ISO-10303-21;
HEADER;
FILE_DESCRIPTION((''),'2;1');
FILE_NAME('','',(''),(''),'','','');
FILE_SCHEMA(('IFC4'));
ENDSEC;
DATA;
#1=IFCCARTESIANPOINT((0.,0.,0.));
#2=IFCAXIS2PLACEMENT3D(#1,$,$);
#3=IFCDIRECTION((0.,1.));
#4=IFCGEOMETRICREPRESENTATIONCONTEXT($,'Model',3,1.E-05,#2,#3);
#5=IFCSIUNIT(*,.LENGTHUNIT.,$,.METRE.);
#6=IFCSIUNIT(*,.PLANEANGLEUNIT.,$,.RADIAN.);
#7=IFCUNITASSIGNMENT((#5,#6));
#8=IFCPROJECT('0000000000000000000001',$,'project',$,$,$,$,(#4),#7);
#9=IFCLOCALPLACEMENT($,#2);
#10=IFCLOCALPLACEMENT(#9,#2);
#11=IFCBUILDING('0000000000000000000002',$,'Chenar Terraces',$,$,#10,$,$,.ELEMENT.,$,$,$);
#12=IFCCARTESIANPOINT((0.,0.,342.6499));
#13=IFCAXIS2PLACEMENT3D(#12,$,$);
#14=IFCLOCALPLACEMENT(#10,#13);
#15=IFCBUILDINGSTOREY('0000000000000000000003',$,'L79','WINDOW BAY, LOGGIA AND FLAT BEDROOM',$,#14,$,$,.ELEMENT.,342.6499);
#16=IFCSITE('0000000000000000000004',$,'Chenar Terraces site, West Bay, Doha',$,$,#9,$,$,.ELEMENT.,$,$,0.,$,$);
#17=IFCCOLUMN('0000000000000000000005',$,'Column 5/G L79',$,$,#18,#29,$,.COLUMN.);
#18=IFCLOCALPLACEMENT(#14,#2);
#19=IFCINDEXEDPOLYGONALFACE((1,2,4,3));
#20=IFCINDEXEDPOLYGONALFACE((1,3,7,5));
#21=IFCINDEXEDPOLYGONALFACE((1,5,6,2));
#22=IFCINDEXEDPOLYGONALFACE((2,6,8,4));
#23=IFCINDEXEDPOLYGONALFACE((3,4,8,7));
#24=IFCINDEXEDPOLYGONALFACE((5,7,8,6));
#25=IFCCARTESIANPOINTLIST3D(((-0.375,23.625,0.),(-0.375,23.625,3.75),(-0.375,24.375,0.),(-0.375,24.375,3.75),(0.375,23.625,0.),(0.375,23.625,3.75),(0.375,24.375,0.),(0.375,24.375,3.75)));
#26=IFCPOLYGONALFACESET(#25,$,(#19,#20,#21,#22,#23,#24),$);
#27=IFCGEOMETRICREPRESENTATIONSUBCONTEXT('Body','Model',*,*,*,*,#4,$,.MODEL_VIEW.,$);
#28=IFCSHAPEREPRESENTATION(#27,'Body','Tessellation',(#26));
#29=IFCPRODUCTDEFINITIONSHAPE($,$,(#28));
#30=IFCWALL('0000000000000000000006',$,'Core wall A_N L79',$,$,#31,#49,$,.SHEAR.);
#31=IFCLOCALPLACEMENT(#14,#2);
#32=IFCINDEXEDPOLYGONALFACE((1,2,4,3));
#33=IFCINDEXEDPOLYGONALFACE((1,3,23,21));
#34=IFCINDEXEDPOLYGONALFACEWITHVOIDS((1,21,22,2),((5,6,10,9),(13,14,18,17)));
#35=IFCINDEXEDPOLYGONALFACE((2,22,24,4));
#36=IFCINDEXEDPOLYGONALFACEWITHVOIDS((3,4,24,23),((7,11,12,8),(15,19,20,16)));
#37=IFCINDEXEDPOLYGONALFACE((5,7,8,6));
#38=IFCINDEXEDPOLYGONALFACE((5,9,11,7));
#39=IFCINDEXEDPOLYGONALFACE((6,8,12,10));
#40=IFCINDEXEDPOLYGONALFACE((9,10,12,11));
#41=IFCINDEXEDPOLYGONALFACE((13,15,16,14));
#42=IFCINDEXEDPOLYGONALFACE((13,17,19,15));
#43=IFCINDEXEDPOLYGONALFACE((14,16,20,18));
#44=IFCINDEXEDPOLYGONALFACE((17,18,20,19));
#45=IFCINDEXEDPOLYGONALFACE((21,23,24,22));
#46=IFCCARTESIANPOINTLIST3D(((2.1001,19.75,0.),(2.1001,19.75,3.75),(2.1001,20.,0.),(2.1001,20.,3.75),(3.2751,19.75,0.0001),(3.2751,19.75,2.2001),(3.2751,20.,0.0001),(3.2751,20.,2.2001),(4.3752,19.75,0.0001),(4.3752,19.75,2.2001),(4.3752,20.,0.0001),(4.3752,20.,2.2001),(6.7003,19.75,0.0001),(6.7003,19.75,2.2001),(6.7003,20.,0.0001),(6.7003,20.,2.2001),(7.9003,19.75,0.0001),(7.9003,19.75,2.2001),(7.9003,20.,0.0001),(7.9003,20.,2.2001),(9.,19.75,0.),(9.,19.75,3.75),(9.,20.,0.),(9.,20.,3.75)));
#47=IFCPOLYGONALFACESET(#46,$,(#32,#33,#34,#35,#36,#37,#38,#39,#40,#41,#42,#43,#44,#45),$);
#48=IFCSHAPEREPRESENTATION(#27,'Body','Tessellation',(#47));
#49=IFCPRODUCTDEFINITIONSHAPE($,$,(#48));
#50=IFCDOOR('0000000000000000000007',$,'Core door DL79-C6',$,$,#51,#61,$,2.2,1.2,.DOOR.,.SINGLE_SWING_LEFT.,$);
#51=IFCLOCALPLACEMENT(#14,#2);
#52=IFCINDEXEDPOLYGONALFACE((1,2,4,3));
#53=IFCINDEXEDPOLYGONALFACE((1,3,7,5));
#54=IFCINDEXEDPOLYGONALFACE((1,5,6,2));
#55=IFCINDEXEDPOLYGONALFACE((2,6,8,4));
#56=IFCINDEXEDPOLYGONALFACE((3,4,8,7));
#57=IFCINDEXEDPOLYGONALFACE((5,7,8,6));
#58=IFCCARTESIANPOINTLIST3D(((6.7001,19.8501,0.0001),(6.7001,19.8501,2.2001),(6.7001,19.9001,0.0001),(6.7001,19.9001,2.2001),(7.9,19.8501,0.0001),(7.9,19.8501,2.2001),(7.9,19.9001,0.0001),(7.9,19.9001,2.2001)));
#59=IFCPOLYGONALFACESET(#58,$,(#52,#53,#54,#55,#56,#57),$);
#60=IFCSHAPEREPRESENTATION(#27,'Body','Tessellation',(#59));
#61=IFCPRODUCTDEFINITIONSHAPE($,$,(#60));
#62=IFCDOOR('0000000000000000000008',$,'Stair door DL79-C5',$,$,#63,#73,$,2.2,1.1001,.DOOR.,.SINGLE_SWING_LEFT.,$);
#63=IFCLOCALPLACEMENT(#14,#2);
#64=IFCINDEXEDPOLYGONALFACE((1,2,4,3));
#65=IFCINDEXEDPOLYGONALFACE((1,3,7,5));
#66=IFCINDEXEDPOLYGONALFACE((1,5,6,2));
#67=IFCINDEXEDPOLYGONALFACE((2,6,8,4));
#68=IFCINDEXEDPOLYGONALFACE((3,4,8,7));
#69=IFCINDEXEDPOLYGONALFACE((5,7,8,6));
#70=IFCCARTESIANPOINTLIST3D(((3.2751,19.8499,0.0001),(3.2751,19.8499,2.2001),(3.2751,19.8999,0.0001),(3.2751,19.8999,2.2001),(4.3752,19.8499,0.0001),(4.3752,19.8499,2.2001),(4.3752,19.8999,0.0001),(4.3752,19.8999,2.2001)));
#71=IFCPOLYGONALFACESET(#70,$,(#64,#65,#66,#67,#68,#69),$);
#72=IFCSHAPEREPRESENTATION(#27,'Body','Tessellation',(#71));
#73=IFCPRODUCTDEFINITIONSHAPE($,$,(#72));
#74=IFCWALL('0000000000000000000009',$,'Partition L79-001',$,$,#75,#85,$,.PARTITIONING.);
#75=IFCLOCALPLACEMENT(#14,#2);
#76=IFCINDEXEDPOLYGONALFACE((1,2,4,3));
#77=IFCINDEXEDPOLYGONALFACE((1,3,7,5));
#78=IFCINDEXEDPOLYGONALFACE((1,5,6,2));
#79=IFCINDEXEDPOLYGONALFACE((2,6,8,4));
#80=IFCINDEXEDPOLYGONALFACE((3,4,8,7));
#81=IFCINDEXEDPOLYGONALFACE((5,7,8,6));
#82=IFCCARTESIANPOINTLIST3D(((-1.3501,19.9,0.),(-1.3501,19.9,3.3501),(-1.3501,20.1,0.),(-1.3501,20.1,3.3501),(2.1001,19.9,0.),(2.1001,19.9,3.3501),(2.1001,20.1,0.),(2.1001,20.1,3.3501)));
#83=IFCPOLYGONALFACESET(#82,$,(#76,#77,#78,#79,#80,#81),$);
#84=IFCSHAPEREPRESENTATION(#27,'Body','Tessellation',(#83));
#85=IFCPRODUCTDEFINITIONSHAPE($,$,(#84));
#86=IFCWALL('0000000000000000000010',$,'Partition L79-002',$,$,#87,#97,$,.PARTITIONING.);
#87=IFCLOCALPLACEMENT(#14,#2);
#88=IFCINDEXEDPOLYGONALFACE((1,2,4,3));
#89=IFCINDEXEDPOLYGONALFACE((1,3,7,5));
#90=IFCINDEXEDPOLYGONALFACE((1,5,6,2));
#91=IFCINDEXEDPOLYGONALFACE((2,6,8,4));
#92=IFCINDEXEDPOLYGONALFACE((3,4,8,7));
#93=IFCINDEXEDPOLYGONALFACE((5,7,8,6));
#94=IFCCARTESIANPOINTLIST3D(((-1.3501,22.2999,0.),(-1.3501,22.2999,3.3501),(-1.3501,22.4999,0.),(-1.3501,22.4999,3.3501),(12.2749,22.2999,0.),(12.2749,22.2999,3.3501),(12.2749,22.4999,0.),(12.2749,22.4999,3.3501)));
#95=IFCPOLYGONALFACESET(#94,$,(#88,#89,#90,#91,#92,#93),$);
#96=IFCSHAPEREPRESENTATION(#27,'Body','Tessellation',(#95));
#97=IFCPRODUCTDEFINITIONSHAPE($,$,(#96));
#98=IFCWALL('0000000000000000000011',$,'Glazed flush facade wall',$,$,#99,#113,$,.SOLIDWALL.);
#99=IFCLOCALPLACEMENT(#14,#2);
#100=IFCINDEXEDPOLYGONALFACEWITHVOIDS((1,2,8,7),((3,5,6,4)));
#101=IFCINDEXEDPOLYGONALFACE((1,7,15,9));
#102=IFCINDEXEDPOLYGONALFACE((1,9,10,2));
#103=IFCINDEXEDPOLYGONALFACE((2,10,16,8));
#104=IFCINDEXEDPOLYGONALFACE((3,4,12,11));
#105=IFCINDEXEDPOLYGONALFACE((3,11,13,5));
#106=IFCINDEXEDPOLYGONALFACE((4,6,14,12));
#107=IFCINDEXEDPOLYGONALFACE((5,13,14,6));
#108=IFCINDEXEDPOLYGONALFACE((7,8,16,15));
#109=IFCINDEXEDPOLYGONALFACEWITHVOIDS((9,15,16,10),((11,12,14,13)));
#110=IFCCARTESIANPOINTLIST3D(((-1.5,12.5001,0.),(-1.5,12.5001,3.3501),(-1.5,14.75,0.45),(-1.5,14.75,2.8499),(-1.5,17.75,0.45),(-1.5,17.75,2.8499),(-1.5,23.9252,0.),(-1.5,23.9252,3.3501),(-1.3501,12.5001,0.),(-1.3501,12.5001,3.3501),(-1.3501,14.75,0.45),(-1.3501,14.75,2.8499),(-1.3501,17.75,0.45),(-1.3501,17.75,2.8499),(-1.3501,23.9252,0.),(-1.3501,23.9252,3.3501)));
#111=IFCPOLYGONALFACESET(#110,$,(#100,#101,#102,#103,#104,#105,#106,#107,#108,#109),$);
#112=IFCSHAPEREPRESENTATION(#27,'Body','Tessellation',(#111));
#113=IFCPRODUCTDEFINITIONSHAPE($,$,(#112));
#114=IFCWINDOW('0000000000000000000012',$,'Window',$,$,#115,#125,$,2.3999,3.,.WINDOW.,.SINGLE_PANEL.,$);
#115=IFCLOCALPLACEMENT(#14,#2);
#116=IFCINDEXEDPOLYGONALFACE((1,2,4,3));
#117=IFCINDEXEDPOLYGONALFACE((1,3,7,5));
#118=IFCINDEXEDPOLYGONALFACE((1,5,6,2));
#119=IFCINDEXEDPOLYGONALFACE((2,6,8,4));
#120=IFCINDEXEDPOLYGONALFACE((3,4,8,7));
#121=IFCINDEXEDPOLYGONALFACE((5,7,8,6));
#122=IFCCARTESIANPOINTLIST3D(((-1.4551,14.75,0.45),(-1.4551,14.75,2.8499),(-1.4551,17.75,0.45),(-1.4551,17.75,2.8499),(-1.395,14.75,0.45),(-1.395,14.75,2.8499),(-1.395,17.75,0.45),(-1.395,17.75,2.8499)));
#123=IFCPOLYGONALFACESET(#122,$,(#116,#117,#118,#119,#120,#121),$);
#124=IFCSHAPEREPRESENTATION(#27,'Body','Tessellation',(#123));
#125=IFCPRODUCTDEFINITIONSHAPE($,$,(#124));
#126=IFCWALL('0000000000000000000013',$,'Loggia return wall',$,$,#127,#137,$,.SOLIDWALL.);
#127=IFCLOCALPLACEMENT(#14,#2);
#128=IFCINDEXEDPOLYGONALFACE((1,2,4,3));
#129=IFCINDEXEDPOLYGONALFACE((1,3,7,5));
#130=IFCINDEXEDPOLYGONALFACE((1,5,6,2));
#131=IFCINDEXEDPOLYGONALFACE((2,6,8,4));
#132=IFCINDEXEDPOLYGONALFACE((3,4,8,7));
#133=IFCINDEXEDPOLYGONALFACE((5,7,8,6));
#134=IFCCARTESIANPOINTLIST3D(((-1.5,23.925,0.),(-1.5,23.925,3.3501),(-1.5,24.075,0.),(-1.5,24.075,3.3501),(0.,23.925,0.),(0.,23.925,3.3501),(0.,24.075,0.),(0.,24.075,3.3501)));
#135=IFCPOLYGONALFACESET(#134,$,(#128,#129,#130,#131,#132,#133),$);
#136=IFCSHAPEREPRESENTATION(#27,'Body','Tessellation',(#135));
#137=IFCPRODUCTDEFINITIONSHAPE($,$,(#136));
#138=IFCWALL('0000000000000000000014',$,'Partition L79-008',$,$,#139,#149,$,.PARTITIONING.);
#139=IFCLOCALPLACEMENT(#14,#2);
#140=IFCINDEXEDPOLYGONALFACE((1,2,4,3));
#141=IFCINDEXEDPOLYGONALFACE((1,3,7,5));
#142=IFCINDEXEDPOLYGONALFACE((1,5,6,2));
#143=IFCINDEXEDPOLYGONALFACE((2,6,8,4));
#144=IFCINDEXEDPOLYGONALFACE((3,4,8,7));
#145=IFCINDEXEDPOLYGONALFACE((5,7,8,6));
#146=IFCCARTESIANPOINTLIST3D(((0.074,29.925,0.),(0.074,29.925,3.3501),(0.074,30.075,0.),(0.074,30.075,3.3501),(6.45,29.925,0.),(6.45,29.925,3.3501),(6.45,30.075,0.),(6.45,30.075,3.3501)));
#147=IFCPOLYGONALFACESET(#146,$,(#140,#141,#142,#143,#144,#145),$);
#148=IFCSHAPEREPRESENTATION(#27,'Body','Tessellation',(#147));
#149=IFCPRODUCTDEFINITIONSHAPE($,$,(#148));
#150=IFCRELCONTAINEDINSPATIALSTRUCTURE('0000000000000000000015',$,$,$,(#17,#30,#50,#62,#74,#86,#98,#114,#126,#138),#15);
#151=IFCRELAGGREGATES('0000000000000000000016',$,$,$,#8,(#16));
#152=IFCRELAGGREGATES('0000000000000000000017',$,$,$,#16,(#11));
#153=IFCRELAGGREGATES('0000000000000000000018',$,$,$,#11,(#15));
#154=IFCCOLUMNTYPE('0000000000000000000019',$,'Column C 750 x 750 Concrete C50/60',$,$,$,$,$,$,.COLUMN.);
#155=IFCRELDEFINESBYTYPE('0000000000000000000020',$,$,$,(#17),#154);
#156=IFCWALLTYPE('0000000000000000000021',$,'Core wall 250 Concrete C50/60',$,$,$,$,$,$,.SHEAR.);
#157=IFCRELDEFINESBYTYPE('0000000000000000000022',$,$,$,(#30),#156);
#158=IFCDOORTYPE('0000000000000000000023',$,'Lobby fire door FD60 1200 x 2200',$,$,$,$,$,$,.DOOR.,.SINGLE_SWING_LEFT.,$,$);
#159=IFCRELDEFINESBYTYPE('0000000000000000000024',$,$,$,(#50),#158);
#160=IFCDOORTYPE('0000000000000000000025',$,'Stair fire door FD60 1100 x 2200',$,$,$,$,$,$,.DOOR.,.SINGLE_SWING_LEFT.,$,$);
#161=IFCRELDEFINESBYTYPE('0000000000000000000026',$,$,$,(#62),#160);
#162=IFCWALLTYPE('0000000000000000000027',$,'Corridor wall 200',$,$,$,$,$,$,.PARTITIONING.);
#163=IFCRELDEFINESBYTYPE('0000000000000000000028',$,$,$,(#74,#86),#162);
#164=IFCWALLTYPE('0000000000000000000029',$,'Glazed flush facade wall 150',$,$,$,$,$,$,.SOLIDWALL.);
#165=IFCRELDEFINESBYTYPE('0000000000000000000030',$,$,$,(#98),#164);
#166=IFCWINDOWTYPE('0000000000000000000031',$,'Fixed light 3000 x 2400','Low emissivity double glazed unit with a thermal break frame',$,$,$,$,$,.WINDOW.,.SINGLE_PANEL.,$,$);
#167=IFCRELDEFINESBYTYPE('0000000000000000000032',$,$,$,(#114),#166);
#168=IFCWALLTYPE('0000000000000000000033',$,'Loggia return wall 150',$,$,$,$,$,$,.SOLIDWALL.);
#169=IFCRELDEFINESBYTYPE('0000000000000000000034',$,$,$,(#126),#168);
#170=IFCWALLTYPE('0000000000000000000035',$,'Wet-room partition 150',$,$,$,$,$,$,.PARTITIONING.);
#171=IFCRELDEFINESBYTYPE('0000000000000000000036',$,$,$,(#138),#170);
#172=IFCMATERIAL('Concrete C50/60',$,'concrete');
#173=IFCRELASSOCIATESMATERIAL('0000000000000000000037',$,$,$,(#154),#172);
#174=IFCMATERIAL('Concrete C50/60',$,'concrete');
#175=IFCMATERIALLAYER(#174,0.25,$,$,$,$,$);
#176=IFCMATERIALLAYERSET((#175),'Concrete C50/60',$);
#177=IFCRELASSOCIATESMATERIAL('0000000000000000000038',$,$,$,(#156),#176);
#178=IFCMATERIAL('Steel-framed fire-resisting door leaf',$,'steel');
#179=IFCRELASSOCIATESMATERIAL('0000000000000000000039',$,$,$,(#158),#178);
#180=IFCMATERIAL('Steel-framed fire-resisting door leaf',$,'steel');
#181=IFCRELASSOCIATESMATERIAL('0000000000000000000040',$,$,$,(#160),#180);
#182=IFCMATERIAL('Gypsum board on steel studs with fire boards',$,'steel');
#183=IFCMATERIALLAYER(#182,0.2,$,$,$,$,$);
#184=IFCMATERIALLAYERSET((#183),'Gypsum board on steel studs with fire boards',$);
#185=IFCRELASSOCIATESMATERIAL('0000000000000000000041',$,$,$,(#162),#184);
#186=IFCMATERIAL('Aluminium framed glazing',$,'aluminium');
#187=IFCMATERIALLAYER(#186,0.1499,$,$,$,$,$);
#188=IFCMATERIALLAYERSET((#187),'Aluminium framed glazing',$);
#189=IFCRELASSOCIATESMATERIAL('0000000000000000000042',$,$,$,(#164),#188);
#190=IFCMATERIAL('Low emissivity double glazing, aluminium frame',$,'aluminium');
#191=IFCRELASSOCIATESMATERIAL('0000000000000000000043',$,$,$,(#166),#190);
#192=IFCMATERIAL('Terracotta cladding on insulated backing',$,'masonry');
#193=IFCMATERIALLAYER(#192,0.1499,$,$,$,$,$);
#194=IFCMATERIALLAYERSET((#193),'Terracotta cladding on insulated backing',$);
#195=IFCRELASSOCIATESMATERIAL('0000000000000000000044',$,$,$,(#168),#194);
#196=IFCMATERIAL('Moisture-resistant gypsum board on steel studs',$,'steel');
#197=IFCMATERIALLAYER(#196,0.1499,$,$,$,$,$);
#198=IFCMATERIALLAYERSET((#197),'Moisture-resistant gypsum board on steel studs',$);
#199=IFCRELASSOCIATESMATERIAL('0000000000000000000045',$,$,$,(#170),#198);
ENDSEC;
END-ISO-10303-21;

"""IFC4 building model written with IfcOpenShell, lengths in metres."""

from ifc_helpers import new_model, si_unit, direction, frame, frame_2d, origin, origin_2d, place, context, subcontext, project, spatial, rectangle, extrude, material, layer, layer_set, material_profile, profile_set, type_object, element, fill, save


model = new_model("IFC4")

# Units and contexts
model_context = context("Model", 3, precision=1e-05, world=origin(), true_north=direction((0.0, 1.0)))
body_context = subcontext(model_context, "Body", "Model", "MODEL_VIEW")
ifc_project = project(units=[si_unit("LENGTHUNIT", "METRE"), si_unit("PLANEANGLEUNIT", "RADIAN")], contexts=[model_context])

# Site, building, storey
site_placement = place(None, origin())
site = spatial("IfcSite", under=ifc_project, at=site_placement, Name="Chenar Terraces site, West Bay, Doha", CompositionType="ELEMENT", RefElevation=0.0)
building_placement = place(site_placement, origin())
building = spatial("IfcBuilding", under=site, at=building_placement, Name="Chenar Terraces", CompositionType="ELEMENT")
storey_placement = place(building_placement, frame((0.0, 0.0, 342.6499)))
storey = spatial("IfcBuildingStorey", under=building, at=storey_placement, Name="L79", Description="WINDOW BAY, LOGGIA AND FLAT BEDROOM", CompositionType="ELEMENT", Elevation=342.6499)

# Column
ifc_material_1 = material(Name="Concrete C50/60", Category="concrete")
ifc_material_profile = material_profile(ifc_material_1, rectangle(XDim=0.75, YDim=0.75, at=origin_2d()), Name="C 750 x 750")
ifc_profile_set = profile_set([ifc_material_profile], Name="Concrete C50/60")
column_type = type_object("IfcColumnType", Name="Column C 750 x 750 Concrete C50/60", PredefinedType="COLUMN", material=ifc_profile_set)
column_placement = place(storey_placement, frame((0.0, 24.0, 0.0), z_axis=(0.0, 0.0, 1.0), x_axis=(1.0, 0.0, 0.0)))
element("IfcColumn", 1, at=column_placement, inside=storey, type_object=column_type, Name="Column 5/G L79", PredefinedType="COLUMN", context=body_context, shape_type="SweptSolid", body=[
    extrude(rectangle(XDim=0.75, YDim=0.75, at=origin_2d()), origin(), (0.0, 0.0, 1.0), 3.75),
])

# Wall, openings, doors
ifc_material_2 = material(Name="Concrete C50/60", Category="concrete")
ifc_layer_1 = layer(ifc_material_2, 0.25)
ifc_layer_set_1 = layer_set([ifc_layer_1], Name="Concrete C50/60")
wall_type_1 = type_object("IfcWallType", Name="Core wall 250 Concrete C50/60", PredefinedType="SHEAR", material=ifc_layer_set_1)
wall_1_placement = place(storey_placement, frame((2.1001, 19.875, 0.0), z_axis=(0.0, 0.0, 1.0), x_axis=(1.0, 0.0, 0.0)))
wall_1 = element("IfcWall", 2, at=wall_1_placement, inside=storey, type_object=wall_type_1, Name="Core wall A_N L79", PredefinedType="SHEAR", context=body_context, shape_type="SweptSolid", body=[
    extrude(rectangle(XDim=6.8999, YDim=0.25, at=frame_2d((3.45, 0.0))), origin(), (0.0, 0.0, 1.0), 3.75),
])
opening_1_placement = place(wall_1_placement, frame((1.175, 0.0, 0.0)))
opening_1 = element("IfcOpeningElement", 3, at=opening_1_placement, cuts=wall_1, PredefinedType="OPENING", context=body_context, shape_type="SweptSolid", body=[
    extrude(rectangle(XDim=1.1001, YDim=2.2, at=frame_2d((0.55, 1.1001))), frame((0.0, 0.135, 0.0), z_axis=(0.0, -1.0, 0.0), x_axis=(1.0, 0.0, 0.0)), (0.0, 0.0, 1.0), 0.27),
])
opening_2_placement = place(wall_1_placement, frame((4.6001, 0.0, 0.0)))
opening_2 = element("IfcOpeningElement", 4, at=opening_2_placement, cuts=wall_1, PredefinedType="OPENING", context=body_context, shape_type="SweptSolid", body=[
    extrude(rectangle(XDim=1.2, YDim=2.2, at=frame_2d((0.6001, 1.1001))), frame((0.0, 0.135, 0.0), z_axis=(0.0, -1.0, 0.0), x_axis=(1.0, 0.0, 0.0)), (0.0, 0.0, 1.0), 0.27),
])
ifc_material_3 = material(Name="Steel-framed fire-resisting door leaf", Category="steel")
door_type_1 = type_object("IfcDoorType", Name="Lobby fire door FD60 1200 x 2200", OperationType="SINGLE_SWING_LEFT", PredefinedType="DOOR", material=ifc_material_3)
door_1_placement = place(opening_2_placement, frame((1.2, 0.0, 0.0), z_axis=(0.0, 0.0, 1.0), x_axis=(-1.0, 0.0, 0.0)))
door_1 = element("IfcDoor", 5, at=door_1_placement, inside=storey, type_object=door_type_1, Name="Core door DL79-C6", OperationType="SINGLE_SWING_LEFT", OverallHeight=2.2, OverallWidth=1.2, PredefinedType="DOOR", context=body_context, shape_type="SweptSolid", body=[
    extrude(rectangle(XDim=1.2, YDim=2.2, at=frame_2d((0.6001, 1.1001))), frame((0.0, 0.0249, 0.0), z_axis=(0.0, -1.0, 0.0), x_axis=(1.0, 0.0, 0.0)), (0.0, 0.0, 1.0), 0.05),
])
fill(opening_2, door_1)
ifc_material_4 = material(Name="Steel-framed fire-resisting door leaf", Category="steel")
door_type_2 = type_object("IfcDoorType", Name="Stair fire door FD60 1100 x 2200", OperationType="SINGLE_SWING_LEFT", PredefinedType="DOOR", material=ifc_material_4)
door_2_placement = place(opening_1_placement, origin())
door_2 = element("IfcDoor", 6, at=door_2_placement, inside=storey, type_object=door_type_2, Name="Stair door DL79-C5", OperationType="SINGLE_SWING_LEFT", OverallHeight=2.2, OverallWidth=1.1001, PredefinedType="DOOR", context=body_context, shape_type="SweptSolid", body=[
    extrude(rectangle(XDim=1.1001, YDim=2.2, at=frame_2d((0.55, 1.1001))), frame((0.0, 0.0249, 0.0), z_axis=(0.0, -1.0, 0.0), x_axis=(1.0, 0.0, 0.0)), (0.0, 0.0, 1.0), 0.05),
])
fill(opening_1, door_2)

# Walls
ifc_material_5 = material(Name="Gypsum board on steel studs with fire boards", Category="steel")
ifc_layer_2 = layer(ifc_material_5, 0.2)
ifc_layer_set_2 = layer_set([ifc_layer_2], Name="Gypsum board on steel studs with fire boards")
wall_type_2 = type_object("IfcWallType", Name="Corridor wall 200", PredefinedType="PARTITIONING", material=ifc_layer_set_2)
wall_2_placement = place(storey_placement, frame((-1.3501, 20.0, 0.0), z_axis=(0.0, 0.0, 1.0), x_axis=(1.0, 0.0, 0.0)))
element("IfcWall", 7, at=wall_2_placement, inside=storey, type_object=wall_type_2, Name="Partition L79-001", PredefinedType="PARTITIONING", context=body_context, shape_type="SweptSolid", body=[
    extrude(rectangle(XDim=3.4502, YDim=0.2, at=frame_2d((1.7251, 0.0))), origin(), (0.0, 0.0, 1.0), 3.3501),
])
wall_3_placement = place(storey_placement, frame((-1.3501, 22.3999, 0.0), z_axis=(0.0, 0.0, 1.0), x_axis=(1.0, 0.0, 0.0)))
element("IfcWall", 8, at=wall_3_placement, inside=storey, type_object=wall_type_2, Name="Partition L79-002", PredefinedType="PARTITIONING", context=body_context, shape_type="SweptSolid", body=[
    extrude(rectangle(XDim=13.625, YDim=0.2, at=frame_2d((6.8125, 0.0))), origin(), (0.0, 0.0, 1.0), 3.3501),
])

# Wall, opening, window
ifc_material_6 = material(Name="Aluminium framed glazing", Category="aluminium")
ifc_layer_3 = layer(ifc_material_6, 0.1499)
ifc_layer_set_3 = layer_set([ifc_layer_3], Name="Aluminium framed glazing")
wall_type_3 = type_object("IfcWallType", Name="Glazed flush facade wall 150", PredefinedType="SOLIDWALL", material=ifc_layer_set_3)
wall_4_placement = place(storey_placement, frame((-1.425, 23.925, 0.0), z_axis=(0.0, 0.0, 1.0), x_axis=(0.0, -1.0, 0.0)))
wall_4 = element("IfcWall", 9, at=wall_4_placement, inside=storey, type_object=wall_type_3, Name="Glazed flush facade wall", PredefinedType="SOLIDWALL", context=body_context, shape_type="SweptSolid", body=[
    extrude(rectangle(XDim=11.425, YDim=0.1499, at=frame_2d((5.7124, 0.0))), origin(), (0.0, 0.0, 1.0), 3.3501),
])
opening_3_placement = place(wall_4_placement, frame((6.175, 0.0, 0.45)))
opening_3 = element("IfcOpeningElement", 10, at=opening_3_placement, cuts=wall_4, PredefinedType="OPENING", context=body_context, shape_type="SweptSolid", body=[
    extrude(rectangle(XDim=3.0, YDim=2.3999, at=frame_2d((1.5, 1.2))), frame((0.0, 0.085, 0.0), z_axis=(0.0, -1.0, 0.0), x_axis=(1.0, 0.0, 0.0)), (0.0, 0.0, 1.0), 0.1699),
])
ifc_material_7 = material(Name="Low emissivity double glazing, aluminium frame", Category="aluminium")
window_type = type_object("IfcWindowType", Name="Fixed light 3000 x 2400", Description="Low emissivity double glazed unit with a thermal break frame", PartitioningType="SINGLE_PANEL", PredefinedType="WINDOW", material=ifc_material_7)
window_placement = place(opening_3_placement, origin())
window = element("IfcWindow", 11, at=window_placement, inside=storey, type_object=window_type, Name="Window", OverallHeight=2.3999, OverallWidth=3.0, PartitioningType="SINGLE_PANEL", PredefinedType="WINDOW", context=body_context, shape_type="SweptSolid", body=[
    extrude(rectangle(XDim=3.0, YDim=2.3999, at=frame_2d((1.5, 1.2))), frame((0.0, 0.03, 0.0), z_axis=(0.0, -1.0, 0.0), x_axis=(1.0, 0.0, 0.0)), (0.0, 0.0, 1.0), 0.0601),
])
fill(opening_3, window)

# Walls
ifc_material_8 = material(Name="Terracotta cladding on insulated backing", Category="masonry")
ifc_layer_4 = layer(ifc_material_8, 0.1499)
ifc_layer_set_4 = layer_set([ifc_layer_4], Name="Terracotta cladding on insulated backing")
wall_type_4 = type_object("IfcWallType", Name="Loggia return wall 150", PredefinedType="SOLIDWALL", material=ifc_layer_set_4)
wall_5_placement = place(storey_placement, frame((-1.5, 24.0, 0.0), z_axis=(0.0, 0.0, 1.0), x_axis=(1.0, 0.0, 0.0)))
element("IfcWall", 12, at=wall_5_placement, inside=storey, type_object=wall_type_4, Name="Loggia return wall", PredefinedType="SOLIDWALL", context=body_context, shape_type="SweptSolid", body=[
    extrude(rectangle(XDim=1.5, YDim=0.1499, at=frame_2d((0.75, 0.0))), origin(), (0.0, 0.0, 1.0), 3.3501),
])
ifc_material_9 = material(Name="Moisture-resistant gypsum board on steel studs", Category="steel")
ifc_layer_5 = layer(ifc_material_9, 0.1499)
ifc_layer_set_5 = layer_set([ifc_layer_5], Name="Moisture-resistant gypsum board on steel studs")
wall_type_5 = type_object("IfcWallType", Name="Wet-room partition 150", PredefinedType="PARTITIONING", material=ifc_layer_set_5)
wall_6_placement = place(storey_placement, frame((0.074, 30.0, 0.0), z_axis=(0.0, 0.0, 1.0), x_axis=(1.0, 0.0, 0.0)))
element("IfcWall", 13, at=wall_6_placement, inside=storey, type_object=wall_type_5, Name="Partition L79-008", PredefinedType="PARTITIONING", context=body_context, shape_type="SweptSolid", body=[
    extrude(rectangle(XDim=6.376, YDim=0.1499, at=frame_2d((3.188, 0.0))), origin(), (0.0, 0.0, 1.0), 3.3501),
])

save(model, "model.ifc")
